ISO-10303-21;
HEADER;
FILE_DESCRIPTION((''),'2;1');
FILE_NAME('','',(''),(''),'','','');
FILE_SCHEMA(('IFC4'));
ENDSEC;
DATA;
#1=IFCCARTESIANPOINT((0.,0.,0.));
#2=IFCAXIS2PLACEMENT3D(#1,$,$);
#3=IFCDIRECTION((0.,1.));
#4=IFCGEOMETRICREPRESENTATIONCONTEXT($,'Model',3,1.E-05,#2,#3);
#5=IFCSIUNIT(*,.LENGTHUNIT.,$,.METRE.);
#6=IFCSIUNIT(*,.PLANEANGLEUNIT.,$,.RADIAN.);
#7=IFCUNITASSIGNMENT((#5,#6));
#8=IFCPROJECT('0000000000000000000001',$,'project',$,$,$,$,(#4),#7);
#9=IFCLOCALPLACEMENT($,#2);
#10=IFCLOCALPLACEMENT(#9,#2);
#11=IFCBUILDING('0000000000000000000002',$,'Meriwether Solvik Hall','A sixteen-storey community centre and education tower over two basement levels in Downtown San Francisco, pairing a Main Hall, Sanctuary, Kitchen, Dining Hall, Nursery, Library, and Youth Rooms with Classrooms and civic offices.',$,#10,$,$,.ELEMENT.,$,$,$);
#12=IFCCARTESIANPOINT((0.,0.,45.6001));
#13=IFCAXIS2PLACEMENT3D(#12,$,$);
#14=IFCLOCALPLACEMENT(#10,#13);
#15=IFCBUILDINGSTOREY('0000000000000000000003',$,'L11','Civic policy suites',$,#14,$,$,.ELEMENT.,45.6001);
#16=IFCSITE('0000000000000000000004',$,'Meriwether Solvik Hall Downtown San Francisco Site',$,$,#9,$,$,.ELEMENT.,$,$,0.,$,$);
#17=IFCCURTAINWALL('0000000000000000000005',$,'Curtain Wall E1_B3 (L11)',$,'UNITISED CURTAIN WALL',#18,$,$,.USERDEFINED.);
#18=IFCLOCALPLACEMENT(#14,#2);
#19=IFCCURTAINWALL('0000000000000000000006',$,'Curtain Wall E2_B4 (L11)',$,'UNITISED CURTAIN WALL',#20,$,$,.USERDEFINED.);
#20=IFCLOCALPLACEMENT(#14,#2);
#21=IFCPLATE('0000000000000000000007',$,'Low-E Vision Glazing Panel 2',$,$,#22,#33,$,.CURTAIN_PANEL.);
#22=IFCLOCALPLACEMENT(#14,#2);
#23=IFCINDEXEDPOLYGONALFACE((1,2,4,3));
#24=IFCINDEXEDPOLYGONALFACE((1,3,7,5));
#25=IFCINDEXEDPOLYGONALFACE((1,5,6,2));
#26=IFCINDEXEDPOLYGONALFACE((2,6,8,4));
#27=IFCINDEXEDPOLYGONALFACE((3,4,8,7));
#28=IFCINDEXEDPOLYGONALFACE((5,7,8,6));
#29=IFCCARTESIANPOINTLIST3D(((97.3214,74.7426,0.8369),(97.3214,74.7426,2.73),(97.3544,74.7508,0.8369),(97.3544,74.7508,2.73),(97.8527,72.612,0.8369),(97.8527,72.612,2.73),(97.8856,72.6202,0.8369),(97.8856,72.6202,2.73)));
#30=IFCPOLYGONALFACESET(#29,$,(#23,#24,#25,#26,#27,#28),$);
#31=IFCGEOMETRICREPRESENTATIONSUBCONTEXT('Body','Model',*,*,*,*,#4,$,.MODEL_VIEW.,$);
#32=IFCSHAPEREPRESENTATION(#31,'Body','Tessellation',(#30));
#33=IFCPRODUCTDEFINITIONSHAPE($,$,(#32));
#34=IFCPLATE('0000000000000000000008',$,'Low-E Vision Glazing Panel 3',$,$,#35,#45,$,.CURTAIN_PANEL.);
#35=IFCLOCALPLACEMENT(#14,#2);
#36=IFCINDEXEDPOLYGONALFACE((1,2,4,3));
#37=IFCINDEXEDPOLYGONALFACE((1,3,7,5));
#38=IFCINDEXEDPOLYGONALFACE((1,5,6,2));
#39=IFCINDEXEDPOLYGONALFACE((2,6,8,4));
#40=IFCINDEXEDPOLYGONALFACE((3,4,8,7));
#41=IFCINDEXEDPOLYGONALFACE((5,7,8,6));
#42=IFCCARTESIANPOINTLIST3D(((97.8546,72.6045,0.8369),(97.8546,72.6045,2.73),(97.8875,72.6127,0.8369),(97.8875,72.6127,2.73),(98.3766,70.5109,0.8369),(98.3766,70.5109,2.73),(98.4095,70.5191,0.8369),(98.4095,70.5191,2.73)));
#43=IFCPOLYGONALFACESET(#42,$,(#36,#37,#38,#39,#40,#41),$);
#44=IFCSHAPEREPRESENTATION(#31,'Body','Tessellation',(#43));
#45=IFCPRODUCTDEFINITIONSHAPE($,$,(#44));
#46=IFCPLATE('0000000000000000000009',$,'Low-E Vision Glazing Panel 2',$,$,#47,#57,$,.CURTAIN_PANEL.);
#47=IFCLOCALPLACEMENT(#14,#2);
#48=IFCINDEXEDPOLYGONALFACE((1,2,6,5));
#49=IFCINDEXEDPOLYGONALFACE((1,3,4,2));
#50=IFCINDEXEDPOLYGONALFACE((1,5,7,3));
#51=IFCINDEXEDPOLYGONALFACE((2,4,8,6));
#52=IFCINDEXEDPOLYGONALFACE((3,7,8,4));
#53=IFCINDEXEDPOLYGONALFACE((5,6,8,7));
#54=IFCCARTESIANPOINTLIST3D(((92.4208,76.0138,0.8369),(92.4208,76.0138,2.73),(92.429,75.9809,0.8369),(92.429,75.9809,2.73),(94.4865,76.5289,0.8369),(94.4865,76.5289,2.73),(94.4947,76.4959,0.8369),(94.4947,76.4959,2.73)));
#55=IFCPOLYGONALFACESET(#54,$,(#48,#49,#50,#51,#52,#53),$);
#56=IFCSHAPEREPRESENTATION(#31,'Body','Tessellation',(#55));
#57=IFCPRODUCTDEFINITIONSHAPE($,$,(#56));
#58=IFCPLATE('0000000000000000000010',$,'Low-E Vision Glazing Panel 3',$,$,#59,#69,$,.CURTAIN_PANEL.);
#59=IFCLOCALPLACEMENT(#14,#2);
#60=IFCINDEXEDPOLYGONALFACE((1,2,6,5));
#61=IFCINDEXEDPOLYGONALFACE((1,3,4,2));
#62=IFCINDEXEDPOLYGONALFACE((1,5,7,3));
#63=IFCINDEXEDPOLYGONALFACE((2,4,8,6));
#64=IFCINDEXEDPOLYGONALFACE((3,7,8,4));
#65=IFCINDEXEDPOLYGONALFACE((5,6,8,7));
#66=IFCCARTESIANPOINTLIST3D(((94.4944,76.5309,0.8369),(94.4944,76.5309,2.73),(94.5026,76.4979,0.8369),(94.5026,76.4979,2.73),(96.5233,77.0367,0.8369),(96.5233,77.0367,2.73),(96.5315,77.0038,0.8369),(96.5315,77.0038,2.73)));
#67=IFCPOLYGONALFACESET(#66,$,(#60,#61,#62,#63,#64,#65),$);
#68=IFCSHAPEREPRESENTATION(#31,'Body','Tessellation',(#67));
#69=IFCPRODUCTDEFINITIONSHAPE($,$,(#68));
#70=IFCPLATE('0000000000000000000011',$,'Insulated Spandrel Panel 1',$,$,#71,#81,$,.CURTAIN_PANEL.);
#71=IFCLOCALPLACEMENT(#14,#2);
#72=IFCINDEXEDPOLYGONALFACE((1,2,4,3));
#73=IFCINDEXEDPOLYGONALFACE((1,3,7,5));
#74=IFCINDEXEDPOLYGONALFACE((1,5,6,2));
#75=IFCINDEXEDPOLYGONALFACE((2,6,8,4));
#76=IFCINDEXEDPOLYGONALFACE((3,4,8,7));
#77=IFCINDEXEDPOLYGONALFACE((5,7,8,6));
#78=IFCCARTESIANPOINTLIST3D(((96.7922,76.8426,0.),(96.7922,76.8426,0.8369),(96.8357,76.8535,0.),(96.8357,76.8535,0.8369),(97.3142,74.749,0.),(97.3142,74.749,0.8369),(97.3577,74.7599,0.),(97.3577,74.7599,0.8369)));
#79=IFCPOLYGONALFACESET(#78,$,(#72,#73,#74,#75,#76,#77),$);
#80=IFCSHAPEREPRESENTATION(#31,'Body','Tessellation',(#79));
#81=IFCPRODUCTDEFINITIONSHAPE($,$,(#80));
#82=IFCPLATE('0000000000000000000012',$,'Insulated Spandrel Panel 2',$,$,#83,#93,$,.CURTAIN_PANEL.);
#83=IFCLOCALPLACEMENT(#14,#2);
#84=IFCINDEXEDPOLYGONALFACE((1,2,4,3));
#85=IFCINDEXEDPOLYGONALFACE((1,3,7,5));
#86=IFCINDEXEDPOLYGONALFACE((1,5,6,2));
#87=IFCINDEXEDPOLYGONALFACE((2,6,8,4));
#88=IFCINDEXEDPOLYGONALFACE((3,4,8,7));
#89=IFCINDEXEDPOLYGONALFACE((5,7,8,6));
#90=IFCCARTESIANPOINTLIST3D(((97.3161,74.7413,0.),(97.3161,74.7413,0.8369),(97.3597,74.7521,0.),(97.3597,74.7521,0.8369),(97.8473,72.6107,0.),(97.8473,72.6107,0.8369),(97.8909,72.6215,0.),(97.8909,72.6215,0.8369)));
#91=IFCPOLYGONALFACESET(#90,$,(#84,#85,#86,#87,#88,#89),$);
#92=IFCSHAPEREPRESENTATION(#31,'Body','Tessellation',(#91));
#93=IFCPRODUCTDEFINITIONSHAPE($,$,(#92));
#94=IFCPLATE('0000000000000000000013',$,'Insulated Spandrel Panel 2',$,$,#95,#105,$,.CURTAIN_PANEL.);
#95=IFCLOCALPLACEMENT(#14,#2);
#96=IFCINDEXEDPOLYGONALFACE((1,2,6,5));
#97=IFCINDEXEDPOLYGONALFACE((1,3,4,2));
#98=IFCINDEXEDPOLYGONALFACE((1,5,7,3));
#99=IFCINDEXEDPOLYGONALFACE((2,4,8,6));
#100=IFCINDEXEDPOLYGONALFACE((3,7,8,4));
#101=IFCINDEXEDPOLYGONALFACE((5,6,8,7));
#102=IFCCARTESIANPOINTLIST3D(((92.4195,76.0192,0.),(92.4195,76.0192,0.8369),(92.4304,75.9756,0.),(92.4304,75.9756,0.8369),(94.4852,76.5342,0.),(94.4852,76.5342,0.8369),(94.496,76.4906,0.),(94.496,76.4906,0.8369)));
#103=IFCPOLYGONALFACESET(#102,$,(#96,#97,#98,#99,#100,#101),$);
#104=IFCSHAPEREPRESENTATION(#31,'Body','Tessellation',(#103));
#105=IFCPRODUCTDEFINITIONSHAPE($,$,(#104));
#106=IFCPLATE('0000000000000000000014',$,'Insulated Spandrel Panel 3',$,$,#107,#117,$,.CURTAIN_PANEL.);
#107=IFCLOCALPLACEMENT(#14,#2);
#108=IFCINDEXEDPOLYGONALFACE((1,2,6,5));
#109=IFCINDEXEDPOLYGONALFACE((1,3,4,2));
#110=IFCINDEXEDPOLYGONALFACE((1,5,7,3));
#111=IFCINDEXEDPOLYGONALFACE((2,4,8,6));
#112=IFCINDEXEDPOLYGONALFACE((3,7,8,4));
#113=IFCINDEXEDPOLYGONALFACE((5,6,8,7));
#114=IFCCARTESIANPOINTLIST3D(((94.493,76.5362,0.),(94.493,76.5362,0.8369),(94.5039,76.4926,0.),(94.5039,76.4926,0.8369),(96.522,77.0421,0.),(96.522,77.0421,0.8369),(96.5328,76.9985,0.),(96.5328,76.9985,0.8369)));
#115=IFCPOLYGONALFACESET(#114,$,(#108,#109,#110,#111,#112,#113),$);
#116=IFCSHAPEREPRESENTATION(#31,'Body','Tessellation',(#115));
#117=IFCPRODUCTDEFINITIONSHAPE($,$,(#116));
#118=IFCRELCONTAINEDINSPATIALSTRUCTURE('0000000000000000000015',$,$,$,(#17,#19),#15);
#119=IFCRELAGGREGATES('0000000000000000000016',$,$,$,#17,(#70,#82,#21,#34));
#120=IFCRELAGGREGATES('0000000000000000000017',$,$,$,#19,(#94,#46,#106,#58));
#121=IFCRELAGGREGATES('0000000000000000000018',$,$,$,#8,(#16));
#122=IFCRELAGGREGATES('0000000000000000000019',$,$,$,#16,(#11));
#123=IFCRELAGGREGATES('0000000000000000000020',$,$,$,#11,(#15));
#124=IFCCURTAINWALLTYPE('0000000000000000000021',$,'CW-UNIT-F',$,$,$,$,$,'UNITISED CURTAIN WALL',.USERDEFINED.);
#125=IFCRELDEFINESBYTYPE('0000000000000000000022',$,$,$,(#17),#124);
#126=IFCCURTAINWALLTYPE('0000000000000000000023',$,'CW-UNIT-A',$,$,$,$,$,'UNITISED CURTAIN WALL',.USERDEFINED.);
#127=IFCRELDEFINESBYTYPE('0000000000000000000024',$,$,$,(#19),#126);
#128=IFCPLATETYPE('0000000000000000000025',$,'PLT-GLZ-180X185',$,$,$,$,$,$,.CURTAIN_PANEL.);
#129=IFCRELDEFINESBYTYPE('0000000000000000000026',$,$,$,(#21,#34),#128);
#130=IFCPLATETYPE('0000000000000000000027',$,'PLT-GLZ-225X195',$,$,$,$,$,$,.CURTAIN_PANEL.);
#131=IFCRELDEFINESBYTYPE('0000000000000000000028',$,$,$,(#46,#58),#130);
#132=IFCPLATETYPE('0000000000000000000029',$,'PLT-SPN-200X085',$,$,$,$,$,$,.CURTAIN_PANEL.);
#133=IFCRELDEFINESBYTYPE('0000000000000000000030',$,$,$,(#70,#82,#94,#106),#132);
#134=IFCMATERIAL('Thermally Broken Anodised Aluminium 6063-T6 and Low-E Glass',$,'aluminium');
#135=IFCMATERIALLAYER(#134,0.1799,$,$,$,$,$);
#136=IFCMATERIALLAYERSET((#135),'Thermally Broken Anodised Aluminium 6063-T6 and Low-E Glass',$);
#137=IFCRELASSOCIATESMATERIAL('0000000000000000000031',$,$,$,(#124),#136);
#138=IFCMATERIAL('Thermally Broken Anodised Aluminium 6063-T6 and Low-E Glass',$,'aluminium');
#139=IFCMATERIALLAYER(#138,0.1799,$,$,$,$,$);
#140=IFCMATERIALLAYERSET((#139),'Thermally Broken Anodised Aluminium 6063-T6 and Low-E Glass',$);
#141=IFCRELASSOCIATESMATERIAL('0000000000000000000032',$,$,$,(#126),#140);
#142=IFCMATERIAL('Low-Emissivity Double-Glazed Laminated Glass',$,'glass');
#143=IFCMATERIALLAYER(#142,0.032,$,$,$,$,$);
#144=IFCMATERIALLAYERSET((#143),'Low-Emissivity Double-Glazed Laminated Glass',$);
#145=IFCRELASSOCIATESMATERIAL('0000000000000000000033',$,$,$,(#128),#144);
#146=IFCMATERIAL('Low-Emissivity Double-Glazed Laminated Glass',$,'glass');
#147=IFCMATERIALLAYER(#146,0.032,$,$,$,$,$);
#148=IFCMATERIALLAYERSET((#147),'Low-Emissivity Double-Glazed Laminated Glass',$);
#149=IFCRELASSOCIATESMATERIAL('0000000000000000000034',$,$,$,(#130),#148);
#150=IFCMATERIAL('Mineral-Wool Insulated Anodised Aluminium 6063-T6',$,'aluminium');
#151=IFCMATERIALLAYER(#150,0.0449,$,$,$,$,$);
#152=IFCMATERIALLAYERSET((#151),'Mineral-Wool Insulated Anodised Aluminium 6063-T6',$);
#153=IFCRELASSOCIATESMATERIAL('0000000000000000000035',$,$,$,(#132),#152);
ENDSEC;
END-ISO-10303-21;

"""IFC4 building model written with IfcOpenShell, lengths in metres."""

from ifc_helpers import new_model, si_unit, direction, frame, origin, origin_2d, place, context, subcontext, project, spatial, rectangle, extrude, material, layer, layer_set, type_object, element, aggregate, save


model = new_model("IFC4")

# Units and contexts
model_context = context("Model", 3, precision=1e-05, world=origin(), true_north=direction((0.0, 1.0)))
body_context = subcontext(model_context, "Body", "Model", "MODEL_VIEW")
ifc_project = project(units=[si_unit("LENGTHUNIT", "METRE"), si_unit("PLANEANGLEUNIT", "RADIAN")], contexts=[model_context])

# Site, building, storey
site_placement = place(None, origin())
site = spatial("IfcSite", under=ifc_project, at=site_placement, Name="Meriwether Solvik Hall Downtown San Francisco Site", CompositionType="ELEMENT", RefElevation=0.0)
building_placement = place(site_placement, origin())
building = spatial("IfcBuilding", under=site, at=building_placement, Name="Meriwether Solvik Hall", Description="A sixteen-storey community centre and education tower over two basement levels in Downtown San Francisco, pairing a Main Hall, Sanctuary, Kitchen, Dining Hall, Nursery, Library, and Youth Rooms with Classrooms and civic offices.", CompositionType="ELEMENT")
storey_placement = place(building_placement, frame((0.0, 0.0, 45.6001)))
storey = spatial("IfcBuildingStorey", under=building, at=storey_placement, Name="L11", Description="Civic policy suites", CompositionType="ELEMENT", Elevation=45.6001)

# Curtain walls
ifc_material_1 = material(Name="Thermally Broken Anodised Aluminium 6063-T6 and Low-E Glass", Category="aluminium")
ifc_layer_1 = layer(ifc_material_1, 0.1799)
ifc_layer_set_1 = layer_set([ifc_layer_1], Name="Thermally Broken Anodised Aluminium 6063-T6 and Low-E Glass")
curtain_wall_type_1 = type_object("IfcCurtainWallType", Name="CW-UNIT-F", ElementType="UNITISED CURTAIN WALL", PredefinedType="USERDEFINED", material=ifc_layer_set_1)
curtain_wall_1_placement = place(storey_placement, origin())
curtain_wall_1 = element("IfcCurtainWall", 1, at=curtain_wall_1_placement, inside=storey, type_object=curtain_wall_type_1, Name="Curtain Wall E1_B3 (L11)", ObjectType="UNITISED CURTAIN WALL", PredefinedType="USERDEFINED")
ifc_material_2 = material(Name="Thermally Broken Anodised Aluminium 6063-T6 and Low-E Glass", Category="aluminium")
ifc_layer_2 = layer(ifc_material_2, 0.1799)
ifc_layer_set_2 = layer_set([ifc_layer_2], Name="Thermally Broken Anodised Aluminium 6063-T6 and Low-E Glass")
curtain_wall_type_2 = type_object("IfcCurtainWallType", Name="CW-UNIT-A", ElementType="UNITISED CURTAIN WALL", PredefinedType="USERDEFINED", material=ifc_layer_set_2)
curtain_wall_2_placement = place(storey_placement, origin())
curtain_wall_2 = element("IfcCurtainWall", 2, at=curtain_wall_2_placement, inside=storey, type_object=curtain_wall_type_2, Name="Curtain Wall E2_B4 (L11)", ObjectType="UNITISED CURTAIN WALL", PredefinedType="USERDEFINED")

# Plates
ifc_material_3 = material(Name="Low-Emissivity Double-Glazed Laminated Glass", Category="glass")
ifc_layer_3 = layer(ifc_material_3, 0.032)
ifc_layer_set_3 = layer_set([ifc_layer_3], Name="Low-Emissivity Double-Glazed Laminated Glass")
plate_type_1 = type_object("IfcPlateType", Name="PLT-GLZ-180X185", PredefinedType="CURTAIN_PANEL", material=ifc_layer_set_3)
plate_1_placement = place(storey_placement, frame((97.6035, 73.6814, 0.8369), z_axis=(0.0, 0.0, 1.0), x_axis=(0.241922, -0.970296, 0.0)))
plate_1 = element("IfcPlate", 3, at=plate_1_placement, type_object=plate_type_1, Name="Low-E Vision Glazing Panel 2", PredefinedType="CURTAIN_PANEL", context=body_context, shape_type="SweptSolid", body=[
    extrude(rectangle(XDim=2.1958, YDim=0.0339, at=origin_2d()), origin(), (0.0, 0.0, 1.0), 1.8931),
])
plate_2_placement = place(storey_placement, frame((98.1321, 71.5618, 0.8369), z_axis=(0.0, 0.0, 1.0), x_axis=(0.241922, -0.970296, 0.0)))
plate_2 = element("IfcPlate", 4, at=plate_2_placement, type_object=plate_type_1, Name="Low-E Vision Glazing Panel 3", PredefinedType="CURTAIN_PANEL", context=body_context, shape_type="SweptSolid", body=[
    extrude(rectangle(XDim=2.1577, YDim=0.0339, at=origin_2d()), origin(), (0.0, 0.0, 1.0), 1.8931),
])
ifc_material_4 = material(Name="Low-Emissivity Double-Glazed Laminated Glass", Category="glass")
ifc_layer_4 = layer(ifc_material_4, 0.032)
ifc_layer_set_4 = layer_set([ifc_layer_4], Name="Low-Emissivity Double-Glazed Laminated Glass")
plate_type_2 = type_object("IfcPlateType", Name="PLT-GLZ-225X195", PredefinedType="CURTAIN_PANEL", material=ifc_layer_set_4)
plate_3_placement = place(storey_placement, frame((93.4578, 76.2549, 0.8369), z_axis=(0.0, 0.0, 1.0), x_axis=(0.970296, 0.241922, 0.0)))
plate_3 = element("IfcPlate", 5, at=plate_3_placement, type_object=plate_type_2, Name="Low-E Vision Glazing Panel 2", PredefinedType="CURTAIN_PANEL", context=body_context, shape_type="SweptSolid", body=[
    extrude(rectangle(XDim=2.1289, YDim=0.0339, at=origin_2d()), origin(), (0.0, 0.0, 1.0), 1.8931),
])
plate_4_placement = place(storey_placement, frame((95.5129, 76.7673, 0.8369), z_axis=(0.0, 0.0, 1.0), x_axis=(0.970296, 0.241922, 0.0)))
plate_4 = element("IfcPlate", 6, at=plate_4_placement, type_object=plate_type_2, Name="Low-E Vision Glazing Panel 3", PredefinedType="CURTAIN_PANEL", context=body_context, shape_type="SweptSolid", body=[
    extrude(rectangle(XDim=2.0911, YDim=0.0339, at=origin_2d()), origin(), (0.0, 0.0, 1.0), 1.8931),
])
ifc_material_5 = material(Name="Mineral-Wool Insulated Anodised Aluminium 6063-T6", Category="aluminium")
ifc_layer_5 = layer(ifc_material_5, 0.0449)
ifc_layer_set_5 = layer_set([ifc_layer_5], Name="Mineral-Wool Insulated Anodised Aluminium 6063-T6")
plate_type_3 = type_object("IfcPlateType", Name="PLT-SPN-200X085", PredefinedType="CURTAIN_PANEL", material=ifc_layer_set_5)
plate_5_placement = place(storey_placement, frame((97.075, 75.8013, 0.0), z_axis=(0.0, 0.0, 1.0), x_axis=(0.241922, -0.970296, 0.0)))
plate_5 = element("IfcPlate", 7, at=plate_5_placement, type_object=plate_type_3, Name="Insulated Spandrel Panel 1", PredefinedType="CURTAIN_PANEL", context=body_context, shape_type="SweptSolid", body=[
    extrude(rectangle(XDim=2.1577, YDim=0.0449, at=origin_2d()), origin(), (0.0, 0.0, 1.0), 0.8369),
])
plate_6_placement = place(storey_placement, frame((97.6035, 73.6814, 0.0), z_axis=(0.0, 0.0, 1.0), x_axis=(0.241922, -0.970296, 0.0)))
plate_6 = element("IfcPlate", 8, at=plate_6_placement, type_object=plate_type_3, Name="Insulated Spandrel Panel 2", PredefinedType="CURTAIN_PANEL", context=body_context, shape_type="SweptSolid", body=[
    extrude(rectangle(XDim=2.1958, YDim=0.0449, at=origin_2d()), origin(), (0.0, 0.0, 1.0), 0.8369),
])
aggregate(curtain_wall_1, [plate_5, plate_6, plate_1, plate_2])
plate_7_placement = place(storey_placement, frame((93.4578, 76.2549, 0.0), z_axis=(0.0, 0.0, 1.0), x_axis=(0.970296, 0.241922, 0.0)))
plate_7 = element("IfcPlate", 9, at=plate_7_placement, type_object=plate_type_3, Name="Insulated Spandrel Panel 2", PredefinedType="CURTAIN_PANEL", context=body_context, shape_type="SweptSolid", body=[
    extrude(rectangle(XDim=2.1289, YDim=0.0449, at=origin_2d()), origin(), (0.0, 0.0, 1.0), 0.8369),
])
plate_8_placement = place(storey_placement, frame((95.5129, 76.7673, 0.0), z_axis=(0.0, 0.0, 1.0), x_axis=(0.970296, 0.241922, 0.0)))
plate_8 = element("IfcPlate", 10, at=plate_8_placement, type_object=plate_type_3, Name="Insulated Spandrel Panel 3", PredefinedType="CURTAIN_PANEL", context=body_context, shape_type="SweptSolid", body=[
    extrude(rectangle(XDim=2.0911, YDim=0.0449, at=origin_2d()), origin(), (0.0, 0.0, 1.0), 0.8369),
])
aggregate(curtain_wall_2, [plate_7, plate_3, plate_8, plate_4])

save(model, "model.ifc")
